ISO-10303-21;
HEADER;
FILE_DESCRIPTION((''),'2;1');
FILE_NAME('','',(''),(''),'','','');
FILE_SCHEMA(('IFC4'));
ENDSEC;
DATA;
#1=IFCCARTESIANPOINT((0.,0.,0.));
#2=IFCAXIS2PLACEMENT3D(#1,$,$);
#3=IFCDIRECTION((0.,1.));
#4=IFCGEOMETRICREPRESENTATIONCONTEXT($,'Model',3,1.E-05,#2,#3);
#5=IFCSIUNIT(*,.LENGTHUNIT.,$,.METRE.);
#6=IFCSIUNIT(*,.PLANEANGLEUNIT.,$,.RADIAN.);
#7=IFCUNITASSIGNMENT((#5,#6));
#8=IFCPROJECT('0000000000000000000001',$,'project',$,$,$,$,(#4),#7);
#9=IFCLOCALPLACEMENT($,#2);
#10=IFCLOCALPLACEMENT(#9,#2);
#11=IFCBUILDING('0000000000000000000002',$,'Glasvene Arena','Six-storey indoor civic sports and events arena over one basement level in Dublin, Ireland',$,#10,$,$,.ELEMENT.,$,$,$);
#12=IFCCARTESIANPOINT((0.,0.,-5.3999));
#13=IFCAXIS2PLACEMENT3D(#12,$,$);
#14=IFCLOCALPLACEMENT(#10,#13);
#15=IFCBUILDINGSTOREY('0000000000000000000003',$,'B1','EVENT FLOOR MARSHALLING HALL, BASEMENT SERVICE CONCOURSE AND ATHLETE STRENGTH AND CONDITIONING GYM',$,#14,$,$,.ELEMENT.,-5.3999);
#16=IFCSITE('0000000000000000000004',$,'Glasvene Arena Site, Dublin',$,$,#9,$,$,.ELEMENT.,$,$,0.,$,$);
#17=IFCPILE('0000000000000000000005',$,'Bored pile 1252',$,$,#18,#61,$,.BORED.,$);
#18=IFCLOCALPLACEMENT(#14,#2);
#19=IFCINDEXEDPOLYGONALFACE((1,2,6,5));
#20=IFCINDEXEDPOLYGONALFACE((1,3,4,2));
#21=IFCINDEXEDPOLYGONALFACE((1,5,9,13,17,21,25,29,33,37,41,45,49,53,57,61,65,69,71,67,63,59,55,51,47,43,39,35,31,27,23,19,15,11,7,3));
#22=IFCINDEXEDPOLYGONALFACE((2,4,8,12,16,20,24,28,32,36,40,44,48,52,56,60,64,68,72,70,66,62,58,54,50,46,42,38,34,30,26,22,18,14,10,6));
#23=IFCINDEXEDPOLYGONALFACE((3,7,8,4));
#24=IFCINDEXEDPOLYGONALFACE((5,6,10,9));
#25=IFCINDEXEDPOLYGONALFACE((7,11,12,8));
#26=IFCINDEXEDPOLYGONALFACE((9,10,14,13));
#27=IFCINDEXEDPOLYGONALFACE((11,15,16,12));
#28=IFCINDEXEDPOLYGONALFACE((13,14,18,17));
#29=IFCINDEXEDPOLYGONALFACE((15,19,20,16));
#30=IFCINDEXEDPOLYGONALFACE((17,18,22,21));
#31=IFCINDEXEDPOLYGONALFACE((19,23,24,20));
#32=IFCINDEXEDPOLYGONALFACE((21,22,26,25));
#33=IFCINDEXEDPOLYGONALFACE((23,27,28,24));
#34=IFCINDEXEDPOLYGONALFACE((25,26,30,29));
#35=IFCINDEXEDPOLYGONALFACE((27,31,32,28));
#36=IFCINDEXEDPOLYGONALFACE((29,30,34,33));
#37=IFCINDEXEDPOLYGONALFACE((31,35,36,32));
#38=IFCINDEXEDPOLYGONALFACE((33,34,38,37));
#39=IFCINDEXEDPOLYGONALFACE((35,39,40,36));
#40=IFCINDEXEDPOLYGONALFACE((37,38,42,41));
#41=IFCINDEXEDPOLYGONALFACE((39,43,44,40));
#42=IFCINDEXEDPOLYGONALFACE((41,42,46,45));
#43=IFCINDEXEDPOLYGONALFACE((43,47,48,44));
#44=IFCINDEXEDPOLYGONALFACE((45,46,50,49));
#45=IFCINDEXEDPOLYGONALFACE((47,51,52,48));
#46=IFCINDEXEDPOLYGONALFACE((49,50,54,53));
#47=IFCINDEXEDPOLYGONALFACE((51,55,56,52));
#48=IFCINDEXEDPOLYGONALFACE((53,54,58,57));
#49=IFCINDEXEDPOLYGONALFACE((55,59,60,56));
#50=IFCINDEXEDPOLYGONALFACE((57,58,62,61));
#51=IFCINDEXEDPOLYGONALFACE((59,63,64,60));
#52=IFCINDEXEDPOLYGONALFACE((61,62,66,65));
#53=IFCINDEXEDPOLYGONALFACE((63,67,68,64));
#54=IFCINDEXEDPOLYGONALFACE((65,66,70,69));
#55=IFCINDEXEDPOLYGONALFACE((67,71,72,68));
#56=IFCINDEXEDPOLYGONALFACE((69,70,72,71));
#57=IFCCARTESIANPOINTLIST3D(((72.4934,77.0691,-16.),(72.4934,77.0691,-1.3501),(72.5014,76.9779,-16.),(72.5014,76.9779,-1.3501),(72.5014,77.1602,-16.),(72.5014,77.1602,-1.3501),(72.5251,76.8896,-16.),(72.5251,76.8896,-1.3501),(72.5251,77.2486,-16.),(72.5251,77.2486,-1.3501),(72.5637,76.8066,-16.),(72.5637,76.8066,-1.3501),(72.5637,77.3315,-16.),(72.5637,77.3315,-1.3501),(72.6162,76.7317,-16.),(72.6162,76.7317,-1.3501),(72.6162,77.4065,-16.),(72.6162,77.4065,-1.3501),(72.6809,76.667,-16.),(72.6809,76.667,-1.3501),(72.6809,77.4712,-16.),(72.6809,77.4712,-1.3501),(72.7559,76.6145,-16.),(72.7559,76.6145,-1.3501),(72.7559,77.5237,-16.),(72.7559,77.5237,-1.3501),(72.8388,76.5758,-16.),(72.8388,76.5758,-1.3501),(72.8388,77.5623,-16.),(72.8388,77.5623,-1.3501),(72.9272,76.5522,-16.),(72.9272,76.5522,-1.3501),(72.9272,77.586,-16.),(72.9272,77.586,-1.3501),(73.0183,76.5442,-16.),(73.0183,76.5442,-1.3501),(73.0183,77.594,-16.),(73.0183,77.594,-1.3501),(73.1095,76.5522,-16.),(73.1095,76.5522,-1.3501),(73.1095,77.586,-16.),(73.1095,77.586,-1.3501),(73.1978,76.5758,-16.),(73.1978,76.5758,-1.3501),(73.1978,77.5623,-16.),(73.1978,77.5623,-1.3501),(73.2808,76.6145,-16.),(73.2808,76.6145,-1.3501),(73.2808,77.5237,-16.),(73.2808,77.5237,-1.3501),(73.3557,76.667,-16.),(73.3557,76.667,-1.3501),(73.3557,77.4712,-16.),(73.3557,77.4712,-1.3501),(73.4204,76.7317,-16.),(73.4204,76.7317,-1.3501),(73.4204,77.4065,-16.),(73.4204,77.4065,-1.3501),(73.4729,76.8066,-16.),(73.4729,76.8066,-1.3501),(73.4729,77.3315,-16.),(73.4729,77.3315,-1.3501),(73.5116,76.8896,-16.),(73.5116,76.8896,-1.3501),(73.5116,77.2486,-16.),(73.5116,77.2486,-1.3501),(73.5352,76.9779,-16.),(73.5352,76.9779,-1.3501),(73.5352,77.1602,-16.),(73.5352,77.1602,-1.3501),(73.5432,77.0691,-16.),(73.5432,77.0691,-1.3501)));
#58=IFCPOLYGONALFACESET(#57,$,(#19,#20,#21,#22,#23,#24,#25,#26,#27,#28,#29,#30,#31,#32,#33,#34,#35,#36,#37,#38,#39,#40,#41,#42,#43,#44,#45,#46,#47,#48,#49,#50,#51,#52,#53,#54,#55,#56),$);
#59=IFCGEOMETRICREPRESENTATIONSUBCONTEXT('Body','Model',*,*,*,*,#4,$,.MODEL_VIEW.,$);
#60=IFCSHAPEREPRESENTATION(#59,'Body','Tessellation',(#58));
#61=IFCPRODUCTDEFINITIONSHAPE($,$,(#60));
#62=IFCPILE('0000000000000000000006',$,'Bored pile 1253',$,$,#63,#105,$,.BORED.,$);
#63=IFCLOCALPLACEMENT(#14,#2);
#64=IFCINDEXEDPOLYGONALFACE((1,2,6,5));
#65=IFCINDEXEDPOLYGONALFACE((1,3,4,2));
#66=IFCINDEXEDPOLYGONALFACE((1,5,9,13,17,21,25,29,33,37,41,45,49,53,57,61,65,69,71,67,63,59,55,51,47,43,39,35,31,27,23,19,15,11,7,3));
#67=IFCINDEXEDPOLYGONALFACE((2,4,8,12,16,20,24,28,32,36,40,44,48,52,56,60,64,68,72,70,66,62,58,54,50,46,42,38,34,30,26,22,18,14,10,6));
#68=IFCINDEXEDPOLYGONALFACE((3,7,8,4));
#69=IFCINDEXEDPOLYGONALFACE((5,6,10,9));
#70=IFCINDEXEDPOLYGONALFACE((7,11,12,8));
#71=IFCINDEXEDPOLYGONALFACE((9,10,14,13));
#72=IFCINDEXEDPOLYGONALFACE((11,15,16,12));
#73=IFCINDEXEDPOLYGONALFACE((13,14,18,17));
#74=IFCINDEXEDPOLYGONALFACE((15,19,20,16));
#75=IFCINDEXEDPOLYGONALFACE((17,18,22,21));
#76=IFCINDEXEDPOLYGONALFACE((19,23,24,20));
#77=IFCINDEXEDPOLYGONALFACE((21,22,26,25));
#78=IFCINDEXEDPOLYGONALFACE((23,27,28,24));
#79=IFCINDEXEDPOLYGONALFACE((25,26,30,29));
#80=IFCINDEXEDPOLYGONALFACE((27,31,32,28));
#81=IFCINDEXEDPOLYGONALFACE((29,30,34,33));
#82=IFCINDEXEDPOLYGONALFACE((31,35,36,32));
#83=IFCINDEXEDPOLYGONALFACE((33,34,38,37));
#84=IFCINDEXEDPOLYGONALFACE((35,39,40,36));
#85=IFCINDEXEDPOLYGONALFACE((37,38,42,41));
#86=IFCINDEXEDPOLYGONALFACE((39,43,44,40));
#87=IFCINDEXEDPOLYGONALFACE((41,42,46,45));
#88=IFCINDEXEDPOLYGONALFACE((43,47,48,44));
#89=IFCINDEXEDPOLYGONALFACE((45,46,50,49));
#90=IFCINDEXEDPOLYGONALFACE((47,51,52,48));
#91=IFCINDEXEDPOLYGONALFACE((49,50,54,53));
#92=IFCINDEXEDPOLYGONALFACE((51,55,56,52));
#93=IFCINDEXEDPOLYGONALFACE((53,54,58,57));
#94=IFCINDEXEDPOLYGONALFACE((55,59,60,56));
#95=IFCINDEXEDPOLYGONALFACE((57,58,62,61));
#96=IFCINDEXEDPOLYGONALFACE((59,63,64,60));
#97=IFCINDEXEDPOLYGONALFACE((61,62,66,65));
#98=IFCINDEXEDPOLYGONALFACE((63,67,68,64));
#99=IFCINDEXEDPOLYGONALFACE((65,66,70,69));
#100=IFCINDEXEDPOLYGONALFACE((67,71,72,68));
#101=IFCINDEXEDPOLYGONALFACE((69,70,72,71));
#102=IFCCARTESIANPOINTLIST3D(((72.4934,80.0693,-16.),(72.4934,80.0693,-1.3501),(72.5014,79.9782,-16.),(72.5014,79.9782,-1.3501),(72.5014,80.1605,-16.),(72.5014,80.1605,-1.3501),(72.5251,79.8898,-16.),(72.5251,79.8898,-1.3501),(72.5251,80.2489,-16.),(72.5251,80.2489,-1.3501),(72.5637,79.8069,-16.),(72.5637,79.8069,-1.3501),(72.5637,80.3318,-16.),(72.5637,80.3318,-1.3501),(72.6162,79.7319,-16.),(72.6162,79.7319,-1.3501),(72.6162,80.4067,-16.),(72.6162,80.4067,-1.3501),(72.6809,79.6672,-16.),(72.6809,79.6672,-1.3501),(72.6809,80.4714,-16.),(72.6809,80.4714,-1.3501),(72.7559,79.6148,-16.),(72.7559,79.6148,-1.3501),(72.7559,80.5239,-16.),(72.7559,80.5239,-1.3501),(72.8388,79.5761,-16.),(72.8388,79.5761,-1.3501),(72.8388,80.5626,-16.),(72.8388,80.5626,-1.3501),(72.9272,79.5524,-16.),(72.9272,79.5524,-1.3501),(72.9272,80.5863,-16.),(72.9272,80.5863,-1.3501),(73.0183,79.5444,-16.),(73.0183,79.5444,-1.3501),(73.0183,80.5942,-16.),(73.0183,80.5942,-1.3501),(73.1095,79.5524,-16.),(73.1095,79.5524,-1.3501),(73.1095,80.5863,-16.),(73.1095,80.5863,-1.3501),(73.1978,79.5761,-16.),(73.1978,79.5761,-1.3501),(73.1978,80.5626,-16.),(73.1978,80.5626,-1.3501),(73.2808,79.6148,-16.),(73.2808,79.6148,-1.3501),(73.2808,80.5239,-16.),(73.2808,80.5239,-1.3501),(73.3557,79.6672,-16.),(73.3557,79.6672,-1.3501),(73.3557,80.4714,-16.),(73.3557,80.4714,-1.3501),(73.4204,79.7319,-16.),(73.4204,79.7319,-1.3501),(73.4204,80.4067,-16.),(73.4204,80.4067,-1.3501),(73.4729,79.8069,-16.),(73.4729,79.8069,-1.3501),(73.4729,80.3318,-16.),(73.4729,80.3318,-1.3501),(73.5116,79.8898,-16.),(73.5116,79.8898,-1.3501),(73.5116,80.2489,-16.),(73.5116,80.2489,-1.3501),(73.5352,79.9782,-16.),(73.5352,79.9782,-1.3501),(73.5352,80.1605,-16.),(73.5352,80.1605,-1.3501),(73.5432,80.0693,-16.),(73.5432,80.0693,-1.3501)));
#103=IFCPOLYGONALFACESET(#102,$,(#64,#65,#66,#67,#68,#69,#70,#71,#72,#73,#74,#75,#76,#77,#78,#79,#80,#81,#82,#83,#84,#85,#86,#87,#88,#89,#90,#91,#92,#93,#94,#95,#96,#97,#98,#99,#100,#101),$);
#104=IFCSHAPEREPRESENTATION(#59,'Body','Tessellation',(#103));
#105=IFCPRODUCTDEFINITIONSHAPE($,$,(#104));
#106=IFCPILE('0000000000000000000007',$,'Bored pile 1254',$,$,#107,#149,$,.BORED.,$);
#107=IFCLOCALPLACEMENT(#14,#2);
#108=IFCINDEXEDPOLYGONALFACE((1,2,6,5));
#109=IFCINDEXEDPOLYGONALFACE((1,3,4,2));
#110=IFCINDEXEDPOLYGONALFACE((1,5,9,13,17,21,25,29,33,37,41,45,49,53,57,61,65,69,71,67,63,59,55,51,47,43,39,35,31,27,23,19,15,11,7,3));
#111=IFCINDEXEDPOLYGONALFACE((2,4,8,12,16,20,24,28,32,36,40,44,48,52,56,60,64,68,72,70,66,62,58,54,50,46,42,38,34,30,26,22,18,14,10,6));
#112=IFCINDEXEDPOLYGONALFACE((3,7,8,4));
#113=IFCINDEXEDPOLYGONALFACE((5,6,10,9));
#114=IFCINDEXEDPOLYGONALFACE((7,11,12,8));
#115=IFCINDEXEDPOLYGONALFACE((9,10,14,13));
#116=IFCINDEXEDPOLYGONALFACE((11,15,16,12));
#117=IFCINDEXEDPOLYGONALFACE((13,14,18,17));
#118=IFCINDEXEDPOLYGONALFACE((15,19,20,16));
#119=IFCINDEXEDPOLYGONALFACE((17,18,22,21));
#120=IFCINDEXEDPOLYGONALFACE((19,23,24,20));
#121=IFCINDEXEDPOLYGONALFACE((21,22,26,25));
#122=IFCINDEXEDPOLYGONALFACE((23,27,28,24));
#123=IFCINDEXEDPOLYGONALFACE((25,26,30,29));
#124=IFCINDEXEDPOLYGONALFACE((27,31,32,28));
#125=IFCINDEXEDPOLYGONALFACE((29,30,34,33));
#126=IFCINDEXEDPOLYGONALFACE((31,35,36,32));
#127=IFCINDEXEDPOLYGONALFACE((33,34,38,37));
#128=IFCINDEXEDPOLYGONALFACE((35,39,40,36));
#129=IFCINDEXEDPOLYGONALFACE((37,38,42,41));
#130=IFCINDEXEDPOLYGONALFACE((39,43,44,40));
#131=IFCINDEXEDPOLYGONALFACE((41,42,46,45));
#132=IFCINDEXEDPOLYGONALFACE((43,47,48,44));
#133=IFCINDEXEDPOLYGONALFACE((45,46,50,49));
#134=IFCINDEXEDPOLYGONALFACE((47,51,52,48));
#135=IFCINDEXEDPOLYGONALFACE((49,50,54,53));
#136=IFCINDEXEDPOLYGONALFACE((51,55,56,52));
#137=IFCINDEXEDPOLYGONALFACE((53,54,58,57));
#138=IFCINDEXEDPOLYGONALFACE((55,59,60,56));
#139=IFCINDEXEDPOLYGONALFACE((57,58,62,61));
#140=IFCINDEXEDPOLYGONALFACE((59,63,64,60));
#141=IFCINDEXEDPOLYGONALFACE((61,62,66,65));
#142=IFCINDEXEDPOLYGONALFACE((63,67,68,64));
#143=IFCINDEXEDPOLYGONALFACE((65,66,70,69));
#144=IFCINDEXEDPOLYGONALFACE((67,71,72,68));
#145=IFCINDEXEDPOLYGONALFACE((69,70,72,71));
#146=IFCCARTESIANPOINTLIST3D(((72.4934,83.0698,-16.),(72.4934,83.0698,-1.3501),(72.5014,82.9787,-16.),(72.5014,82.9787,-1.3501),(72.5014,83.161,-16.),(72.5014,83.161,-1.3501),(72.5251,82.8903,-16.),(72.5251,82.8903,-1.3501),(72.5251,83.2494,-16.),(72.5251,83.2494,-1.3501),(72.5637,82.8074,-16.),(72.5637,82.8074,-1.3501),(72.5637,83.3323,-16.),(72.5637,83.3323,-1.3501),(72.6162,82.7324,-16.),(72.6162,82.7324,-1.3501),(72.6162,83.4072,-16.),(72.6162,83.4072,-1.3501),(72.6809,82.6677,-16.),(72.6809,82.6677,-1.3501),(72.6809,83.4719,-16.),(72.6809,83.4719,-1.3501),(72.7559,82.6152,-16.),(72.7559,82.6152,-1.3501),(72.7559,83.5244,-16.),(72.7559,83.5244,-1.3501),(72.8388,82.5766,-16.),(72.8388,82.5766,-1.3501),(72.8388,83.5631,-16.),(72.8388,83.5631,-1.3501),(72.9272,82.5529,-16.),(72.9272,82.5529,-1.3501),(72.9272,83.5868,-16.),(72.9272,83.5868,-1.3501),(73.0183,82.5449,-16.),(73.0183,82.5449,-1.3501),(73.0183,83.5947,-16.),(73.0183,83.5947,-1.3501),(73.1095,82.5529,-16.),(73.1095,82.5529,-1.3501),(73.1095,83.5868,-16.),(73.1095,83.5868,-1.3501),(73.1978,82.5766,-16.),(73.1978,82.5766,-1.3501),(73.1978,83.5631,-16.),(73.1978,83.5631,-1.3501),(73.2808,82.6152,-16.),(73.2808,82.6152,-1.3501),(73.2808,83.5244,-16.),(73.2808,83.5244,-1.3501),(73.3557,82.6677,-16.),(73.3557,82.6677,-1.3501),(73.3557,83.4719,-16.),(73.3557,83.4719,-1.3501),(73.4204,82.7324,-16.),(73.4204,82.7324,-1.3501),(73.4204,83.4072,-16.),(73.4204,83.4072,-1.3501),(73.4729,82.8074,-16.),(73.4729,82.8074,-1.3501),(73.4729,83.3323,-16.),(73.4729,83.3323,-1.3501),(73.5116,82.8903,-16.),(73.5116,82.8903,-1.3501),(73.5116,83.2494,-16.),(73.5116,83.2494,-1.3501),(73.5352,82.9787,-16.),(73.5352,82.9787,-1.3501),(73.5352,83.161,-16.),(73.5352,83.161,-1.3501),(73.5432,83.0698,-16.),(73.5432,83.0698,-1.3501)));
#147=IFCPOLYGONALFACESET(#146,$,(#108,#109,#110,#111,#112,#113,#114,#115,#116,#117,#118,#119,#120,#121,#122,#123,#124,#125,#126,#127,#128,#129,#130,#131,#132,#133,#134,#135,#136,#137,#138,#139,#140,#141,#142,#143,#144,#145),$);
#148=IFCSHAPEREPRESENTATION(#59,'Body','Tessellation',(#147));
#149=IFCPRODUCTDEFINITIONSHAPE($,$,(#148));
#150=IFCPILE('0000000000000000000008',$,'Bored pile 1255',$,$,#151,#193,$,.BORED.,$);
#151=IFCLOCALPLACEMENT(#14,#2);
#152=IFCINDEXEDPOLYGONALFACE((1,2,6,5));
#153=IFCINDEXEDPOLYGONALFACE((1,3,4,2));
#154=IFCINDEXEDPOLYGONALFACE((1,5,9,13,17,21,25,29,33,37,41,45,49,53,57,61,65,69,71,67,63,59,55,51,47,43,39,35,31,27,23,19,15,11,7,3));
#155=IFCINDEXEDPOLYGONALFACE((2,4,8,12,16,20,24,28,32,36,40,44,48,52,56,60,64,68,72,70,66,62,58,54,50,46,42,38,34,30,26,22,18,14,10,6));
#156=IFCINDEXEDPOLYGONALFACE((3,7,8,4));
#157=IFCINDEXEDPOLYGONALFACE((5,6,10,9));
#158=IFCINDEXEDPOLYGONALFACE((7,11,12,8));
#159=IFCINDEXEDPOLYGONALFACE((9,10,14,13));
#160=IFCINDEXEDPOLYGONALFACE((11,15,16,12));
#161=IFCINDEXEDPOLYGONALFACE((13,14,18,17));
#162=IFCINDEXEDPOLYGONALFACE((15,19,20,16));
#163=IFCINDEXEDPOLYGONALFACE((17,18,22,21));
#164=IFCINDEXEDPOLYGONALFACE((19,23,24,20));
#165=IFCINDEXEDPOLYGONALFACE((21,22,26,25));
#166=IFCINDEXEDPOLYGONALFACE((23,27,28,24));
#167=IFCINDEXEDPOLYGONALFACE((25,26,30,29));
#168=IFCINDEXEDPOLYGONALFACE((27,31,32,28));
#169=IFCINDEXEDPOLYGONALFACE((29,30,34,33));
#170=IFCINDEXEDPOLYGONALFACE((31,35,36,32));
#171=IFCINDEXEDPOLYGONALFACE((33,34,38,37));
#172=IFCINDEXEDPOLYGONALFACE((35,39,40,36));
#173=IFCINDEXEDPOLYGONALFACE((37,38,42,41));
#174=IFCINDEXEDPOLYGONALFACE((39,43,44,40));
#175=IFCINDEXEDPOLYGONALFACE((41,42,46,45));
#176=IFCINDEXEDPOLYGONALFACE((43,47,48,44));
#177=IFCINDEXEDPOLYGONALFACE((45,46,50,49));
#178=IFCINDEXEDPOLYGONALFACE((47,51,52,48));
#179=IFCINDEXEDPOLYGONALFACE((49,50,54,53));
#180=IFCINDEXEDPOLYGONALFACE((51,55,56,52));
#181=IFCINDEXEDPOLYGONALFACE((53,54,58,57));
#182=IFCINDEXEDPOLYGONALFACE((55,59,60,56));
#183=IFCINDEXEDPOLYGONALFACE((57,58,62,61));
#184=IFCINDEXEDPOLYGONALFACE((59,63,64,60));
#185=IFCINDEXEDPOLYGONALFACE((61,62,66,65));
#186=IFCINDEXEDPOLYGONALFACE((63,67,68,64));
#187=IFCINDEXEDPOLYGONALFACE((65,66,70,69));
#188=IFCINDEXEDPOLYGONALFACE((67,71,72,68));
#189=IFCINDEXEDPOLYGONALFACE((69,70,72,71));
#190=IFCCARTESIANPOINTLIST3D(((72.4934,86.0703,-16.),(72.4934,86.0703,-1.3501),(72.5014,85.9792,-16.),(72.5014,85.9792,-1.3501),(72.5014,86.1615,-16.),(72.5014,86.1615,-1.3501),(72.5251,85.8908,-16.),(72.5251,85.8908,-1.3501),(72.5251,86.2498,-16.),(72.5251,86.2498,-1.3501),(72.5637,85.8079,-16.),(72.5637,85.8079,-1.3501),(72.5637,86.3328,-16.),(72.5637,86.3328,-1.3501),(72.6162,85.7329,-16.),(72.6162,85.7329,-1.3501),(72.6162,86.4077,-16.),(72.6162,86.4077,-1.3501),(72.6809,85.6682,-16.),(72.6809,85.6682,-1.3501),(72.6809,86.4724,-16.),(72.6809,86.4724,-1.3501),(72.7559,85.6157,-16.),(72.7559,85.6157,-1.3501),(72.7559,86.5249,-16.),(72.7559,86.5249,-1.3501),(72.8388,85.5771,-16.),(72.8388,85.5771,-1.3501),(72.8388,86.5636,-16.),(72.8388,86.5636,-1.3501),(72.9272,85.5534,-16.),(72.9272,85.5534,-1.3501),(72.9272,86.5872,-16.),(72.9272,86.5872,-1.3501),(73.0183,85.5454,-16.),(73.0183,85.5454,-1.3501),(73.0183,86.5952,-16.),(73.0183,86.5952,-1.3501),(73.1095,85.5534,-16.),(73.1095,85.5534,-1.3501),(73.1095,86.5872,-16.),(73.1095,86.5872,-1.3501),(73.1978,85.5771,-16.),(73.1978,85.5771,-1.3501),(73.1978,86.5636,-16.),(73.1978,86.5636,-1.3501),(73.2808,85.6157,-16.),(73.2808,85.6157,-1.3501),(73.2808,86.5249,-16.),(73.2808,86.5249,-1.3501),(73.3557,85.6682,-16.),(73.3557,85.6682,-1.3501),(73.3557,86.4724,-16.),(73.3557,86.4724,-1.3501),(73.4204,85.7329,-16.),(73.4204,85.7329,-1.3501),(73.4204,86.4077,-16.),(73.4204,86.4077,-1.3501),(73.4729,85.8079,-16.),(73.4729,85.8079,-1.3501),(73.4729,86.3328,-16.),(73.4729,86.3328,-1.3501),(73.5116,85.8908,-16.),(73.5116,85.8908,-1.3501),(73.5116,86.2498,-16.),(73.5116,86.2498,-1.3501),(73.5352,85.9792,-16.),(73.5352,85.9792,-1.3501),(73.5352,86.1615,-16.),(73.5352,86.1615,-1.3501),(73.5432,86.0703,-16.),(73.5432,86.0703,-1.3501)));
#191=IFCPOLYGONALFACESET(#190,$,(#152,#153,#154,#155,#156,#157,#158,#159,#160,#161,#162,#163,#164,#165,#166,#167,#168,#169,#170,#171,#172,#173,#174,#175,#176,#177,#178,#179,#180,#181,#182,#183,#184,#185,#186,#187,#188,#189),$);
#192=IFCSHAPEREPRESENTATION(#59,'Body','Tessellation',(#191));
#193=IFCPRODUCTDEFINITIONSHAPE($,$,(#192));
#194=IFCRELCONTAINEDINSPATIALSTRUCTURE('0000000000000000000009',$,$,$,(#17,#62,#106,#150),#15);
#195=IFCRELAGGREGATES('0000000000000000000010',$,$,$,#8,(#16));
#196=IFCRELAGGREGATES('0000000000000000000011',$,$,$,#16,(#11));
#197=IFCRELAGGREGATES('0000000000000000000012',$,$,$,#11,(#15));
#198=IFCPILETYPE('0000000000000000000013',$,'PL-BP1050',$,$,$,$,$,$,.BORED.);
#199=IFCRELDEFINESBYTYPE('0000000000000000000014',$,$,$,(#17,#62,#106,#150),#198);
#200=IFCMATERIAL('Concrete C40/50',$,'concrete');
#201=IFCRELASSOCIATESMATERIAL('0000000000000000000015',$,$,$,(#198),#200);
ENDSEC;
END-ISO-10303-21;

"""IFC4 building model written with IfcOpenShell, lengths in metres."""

from ifc_helpers import new_model, si_unit, direction, frame, origin, origin_2d, place, context, subcontext, project, spatial, circle, extrude, material, material_profile, profile_set, type_object, element, save


model = new_model("IFC4")

# Units and contexts
model_context = context("Model", 3, precision=1e-05, world=origin(), true_north=direction((0.0, 1.0)))
body_context = subcontext(model_context, "Body", "Model", "MODEL_VIEW")
ifc_project = project(units=[si_unit("LENGTHUNIT", "METRE"), si_unit("PLANEANGLEUNIT", "RADIAN")], contexts=[model_context])

# Site, building, storey
site_placement = place(None, origin())
site = spatial("IfcSite", under=ifc_project, at=site_placement, Name="Glasvene Arena Site, Dublin", CompositionType="ELEMENT", RefElevation=0.0)
building_placement = place(site_placement, origin())
building = spatial("IfcBuilding", under=site, at=building_placement, Name="Glasvene Arena", Description="Six-storey indoor civic sports and events arena over one basement level in Dublin, Ireland", CompositionType="ELEMENT")
storey_placement = place(building_placement, frame((0.0, 0.0, -5.3999)))
storey = spatial("IfcBuildingStorey", under=building, at=storey_placement, Name="B1", Description="EVENT FLOOR MARSHALLING HALL, BASEMENT SERVICE CONCOURSE AND ATHLETE STRENGTH AND CONDITIONING GYM", CompositionType="ELEMENT", Elevation=-5.3999)

# Piles
ifc_material_1 = material(Name="Concrete C40/50", Category="concrete")
ifc_material_profile_1 = material_profile(ifc_material_1, circle(Radius=0.5249, at=origin_2d()), Name="BORED PILE 1050")
ifc_profile_set_1 = profile_set([ifc_material_profile_1], Name="Concrete C40/50")
pile_type = type_object("IfcPileType", Name="PL-BP1050", PredefinedType="BORED", material=ifc_profile_set_1)
for number, where, z_axis, x_axis, name in (
    (1, (73.0183, 77.0691, -1.3501), (0.0, 0.0, -1.0), (1.0, 0.0, 0.0), "Bored pile 1252"),
    (2, (73.0183, 80.0693, -1.3501), (0.0, 0.0, -1.0), (1.0, 0.0, 0.0), "Bored pile 1253"),
    (3, (73.0183, 83.0698, -1.3501), (0.0, 0.0, -1.0), (1.0, 0.0, 0.0), "Bored pile 1254"),
    (4, (73.0183, 86.0703, -1.3501), (0.0, 0.0, -1.0), (1.0, 0.0, 0.0), "Bored pile 1255"),
):
    element("IfcPile", number, at=place(storey_placement, frame(where, z_axis=z_axis, x_axis=x_axis)), inside=storey, type_object=pile_type, Name=name, PredefinedType="BORED", context=body_context, shape_type="SweptSolid", body=[
        extrude(circle(Radius=0.5249, at=origin_2d()), origin(), (0.0, 0.0, 1.0), 14.6499),
    ])

save(model, "model.ifc")
